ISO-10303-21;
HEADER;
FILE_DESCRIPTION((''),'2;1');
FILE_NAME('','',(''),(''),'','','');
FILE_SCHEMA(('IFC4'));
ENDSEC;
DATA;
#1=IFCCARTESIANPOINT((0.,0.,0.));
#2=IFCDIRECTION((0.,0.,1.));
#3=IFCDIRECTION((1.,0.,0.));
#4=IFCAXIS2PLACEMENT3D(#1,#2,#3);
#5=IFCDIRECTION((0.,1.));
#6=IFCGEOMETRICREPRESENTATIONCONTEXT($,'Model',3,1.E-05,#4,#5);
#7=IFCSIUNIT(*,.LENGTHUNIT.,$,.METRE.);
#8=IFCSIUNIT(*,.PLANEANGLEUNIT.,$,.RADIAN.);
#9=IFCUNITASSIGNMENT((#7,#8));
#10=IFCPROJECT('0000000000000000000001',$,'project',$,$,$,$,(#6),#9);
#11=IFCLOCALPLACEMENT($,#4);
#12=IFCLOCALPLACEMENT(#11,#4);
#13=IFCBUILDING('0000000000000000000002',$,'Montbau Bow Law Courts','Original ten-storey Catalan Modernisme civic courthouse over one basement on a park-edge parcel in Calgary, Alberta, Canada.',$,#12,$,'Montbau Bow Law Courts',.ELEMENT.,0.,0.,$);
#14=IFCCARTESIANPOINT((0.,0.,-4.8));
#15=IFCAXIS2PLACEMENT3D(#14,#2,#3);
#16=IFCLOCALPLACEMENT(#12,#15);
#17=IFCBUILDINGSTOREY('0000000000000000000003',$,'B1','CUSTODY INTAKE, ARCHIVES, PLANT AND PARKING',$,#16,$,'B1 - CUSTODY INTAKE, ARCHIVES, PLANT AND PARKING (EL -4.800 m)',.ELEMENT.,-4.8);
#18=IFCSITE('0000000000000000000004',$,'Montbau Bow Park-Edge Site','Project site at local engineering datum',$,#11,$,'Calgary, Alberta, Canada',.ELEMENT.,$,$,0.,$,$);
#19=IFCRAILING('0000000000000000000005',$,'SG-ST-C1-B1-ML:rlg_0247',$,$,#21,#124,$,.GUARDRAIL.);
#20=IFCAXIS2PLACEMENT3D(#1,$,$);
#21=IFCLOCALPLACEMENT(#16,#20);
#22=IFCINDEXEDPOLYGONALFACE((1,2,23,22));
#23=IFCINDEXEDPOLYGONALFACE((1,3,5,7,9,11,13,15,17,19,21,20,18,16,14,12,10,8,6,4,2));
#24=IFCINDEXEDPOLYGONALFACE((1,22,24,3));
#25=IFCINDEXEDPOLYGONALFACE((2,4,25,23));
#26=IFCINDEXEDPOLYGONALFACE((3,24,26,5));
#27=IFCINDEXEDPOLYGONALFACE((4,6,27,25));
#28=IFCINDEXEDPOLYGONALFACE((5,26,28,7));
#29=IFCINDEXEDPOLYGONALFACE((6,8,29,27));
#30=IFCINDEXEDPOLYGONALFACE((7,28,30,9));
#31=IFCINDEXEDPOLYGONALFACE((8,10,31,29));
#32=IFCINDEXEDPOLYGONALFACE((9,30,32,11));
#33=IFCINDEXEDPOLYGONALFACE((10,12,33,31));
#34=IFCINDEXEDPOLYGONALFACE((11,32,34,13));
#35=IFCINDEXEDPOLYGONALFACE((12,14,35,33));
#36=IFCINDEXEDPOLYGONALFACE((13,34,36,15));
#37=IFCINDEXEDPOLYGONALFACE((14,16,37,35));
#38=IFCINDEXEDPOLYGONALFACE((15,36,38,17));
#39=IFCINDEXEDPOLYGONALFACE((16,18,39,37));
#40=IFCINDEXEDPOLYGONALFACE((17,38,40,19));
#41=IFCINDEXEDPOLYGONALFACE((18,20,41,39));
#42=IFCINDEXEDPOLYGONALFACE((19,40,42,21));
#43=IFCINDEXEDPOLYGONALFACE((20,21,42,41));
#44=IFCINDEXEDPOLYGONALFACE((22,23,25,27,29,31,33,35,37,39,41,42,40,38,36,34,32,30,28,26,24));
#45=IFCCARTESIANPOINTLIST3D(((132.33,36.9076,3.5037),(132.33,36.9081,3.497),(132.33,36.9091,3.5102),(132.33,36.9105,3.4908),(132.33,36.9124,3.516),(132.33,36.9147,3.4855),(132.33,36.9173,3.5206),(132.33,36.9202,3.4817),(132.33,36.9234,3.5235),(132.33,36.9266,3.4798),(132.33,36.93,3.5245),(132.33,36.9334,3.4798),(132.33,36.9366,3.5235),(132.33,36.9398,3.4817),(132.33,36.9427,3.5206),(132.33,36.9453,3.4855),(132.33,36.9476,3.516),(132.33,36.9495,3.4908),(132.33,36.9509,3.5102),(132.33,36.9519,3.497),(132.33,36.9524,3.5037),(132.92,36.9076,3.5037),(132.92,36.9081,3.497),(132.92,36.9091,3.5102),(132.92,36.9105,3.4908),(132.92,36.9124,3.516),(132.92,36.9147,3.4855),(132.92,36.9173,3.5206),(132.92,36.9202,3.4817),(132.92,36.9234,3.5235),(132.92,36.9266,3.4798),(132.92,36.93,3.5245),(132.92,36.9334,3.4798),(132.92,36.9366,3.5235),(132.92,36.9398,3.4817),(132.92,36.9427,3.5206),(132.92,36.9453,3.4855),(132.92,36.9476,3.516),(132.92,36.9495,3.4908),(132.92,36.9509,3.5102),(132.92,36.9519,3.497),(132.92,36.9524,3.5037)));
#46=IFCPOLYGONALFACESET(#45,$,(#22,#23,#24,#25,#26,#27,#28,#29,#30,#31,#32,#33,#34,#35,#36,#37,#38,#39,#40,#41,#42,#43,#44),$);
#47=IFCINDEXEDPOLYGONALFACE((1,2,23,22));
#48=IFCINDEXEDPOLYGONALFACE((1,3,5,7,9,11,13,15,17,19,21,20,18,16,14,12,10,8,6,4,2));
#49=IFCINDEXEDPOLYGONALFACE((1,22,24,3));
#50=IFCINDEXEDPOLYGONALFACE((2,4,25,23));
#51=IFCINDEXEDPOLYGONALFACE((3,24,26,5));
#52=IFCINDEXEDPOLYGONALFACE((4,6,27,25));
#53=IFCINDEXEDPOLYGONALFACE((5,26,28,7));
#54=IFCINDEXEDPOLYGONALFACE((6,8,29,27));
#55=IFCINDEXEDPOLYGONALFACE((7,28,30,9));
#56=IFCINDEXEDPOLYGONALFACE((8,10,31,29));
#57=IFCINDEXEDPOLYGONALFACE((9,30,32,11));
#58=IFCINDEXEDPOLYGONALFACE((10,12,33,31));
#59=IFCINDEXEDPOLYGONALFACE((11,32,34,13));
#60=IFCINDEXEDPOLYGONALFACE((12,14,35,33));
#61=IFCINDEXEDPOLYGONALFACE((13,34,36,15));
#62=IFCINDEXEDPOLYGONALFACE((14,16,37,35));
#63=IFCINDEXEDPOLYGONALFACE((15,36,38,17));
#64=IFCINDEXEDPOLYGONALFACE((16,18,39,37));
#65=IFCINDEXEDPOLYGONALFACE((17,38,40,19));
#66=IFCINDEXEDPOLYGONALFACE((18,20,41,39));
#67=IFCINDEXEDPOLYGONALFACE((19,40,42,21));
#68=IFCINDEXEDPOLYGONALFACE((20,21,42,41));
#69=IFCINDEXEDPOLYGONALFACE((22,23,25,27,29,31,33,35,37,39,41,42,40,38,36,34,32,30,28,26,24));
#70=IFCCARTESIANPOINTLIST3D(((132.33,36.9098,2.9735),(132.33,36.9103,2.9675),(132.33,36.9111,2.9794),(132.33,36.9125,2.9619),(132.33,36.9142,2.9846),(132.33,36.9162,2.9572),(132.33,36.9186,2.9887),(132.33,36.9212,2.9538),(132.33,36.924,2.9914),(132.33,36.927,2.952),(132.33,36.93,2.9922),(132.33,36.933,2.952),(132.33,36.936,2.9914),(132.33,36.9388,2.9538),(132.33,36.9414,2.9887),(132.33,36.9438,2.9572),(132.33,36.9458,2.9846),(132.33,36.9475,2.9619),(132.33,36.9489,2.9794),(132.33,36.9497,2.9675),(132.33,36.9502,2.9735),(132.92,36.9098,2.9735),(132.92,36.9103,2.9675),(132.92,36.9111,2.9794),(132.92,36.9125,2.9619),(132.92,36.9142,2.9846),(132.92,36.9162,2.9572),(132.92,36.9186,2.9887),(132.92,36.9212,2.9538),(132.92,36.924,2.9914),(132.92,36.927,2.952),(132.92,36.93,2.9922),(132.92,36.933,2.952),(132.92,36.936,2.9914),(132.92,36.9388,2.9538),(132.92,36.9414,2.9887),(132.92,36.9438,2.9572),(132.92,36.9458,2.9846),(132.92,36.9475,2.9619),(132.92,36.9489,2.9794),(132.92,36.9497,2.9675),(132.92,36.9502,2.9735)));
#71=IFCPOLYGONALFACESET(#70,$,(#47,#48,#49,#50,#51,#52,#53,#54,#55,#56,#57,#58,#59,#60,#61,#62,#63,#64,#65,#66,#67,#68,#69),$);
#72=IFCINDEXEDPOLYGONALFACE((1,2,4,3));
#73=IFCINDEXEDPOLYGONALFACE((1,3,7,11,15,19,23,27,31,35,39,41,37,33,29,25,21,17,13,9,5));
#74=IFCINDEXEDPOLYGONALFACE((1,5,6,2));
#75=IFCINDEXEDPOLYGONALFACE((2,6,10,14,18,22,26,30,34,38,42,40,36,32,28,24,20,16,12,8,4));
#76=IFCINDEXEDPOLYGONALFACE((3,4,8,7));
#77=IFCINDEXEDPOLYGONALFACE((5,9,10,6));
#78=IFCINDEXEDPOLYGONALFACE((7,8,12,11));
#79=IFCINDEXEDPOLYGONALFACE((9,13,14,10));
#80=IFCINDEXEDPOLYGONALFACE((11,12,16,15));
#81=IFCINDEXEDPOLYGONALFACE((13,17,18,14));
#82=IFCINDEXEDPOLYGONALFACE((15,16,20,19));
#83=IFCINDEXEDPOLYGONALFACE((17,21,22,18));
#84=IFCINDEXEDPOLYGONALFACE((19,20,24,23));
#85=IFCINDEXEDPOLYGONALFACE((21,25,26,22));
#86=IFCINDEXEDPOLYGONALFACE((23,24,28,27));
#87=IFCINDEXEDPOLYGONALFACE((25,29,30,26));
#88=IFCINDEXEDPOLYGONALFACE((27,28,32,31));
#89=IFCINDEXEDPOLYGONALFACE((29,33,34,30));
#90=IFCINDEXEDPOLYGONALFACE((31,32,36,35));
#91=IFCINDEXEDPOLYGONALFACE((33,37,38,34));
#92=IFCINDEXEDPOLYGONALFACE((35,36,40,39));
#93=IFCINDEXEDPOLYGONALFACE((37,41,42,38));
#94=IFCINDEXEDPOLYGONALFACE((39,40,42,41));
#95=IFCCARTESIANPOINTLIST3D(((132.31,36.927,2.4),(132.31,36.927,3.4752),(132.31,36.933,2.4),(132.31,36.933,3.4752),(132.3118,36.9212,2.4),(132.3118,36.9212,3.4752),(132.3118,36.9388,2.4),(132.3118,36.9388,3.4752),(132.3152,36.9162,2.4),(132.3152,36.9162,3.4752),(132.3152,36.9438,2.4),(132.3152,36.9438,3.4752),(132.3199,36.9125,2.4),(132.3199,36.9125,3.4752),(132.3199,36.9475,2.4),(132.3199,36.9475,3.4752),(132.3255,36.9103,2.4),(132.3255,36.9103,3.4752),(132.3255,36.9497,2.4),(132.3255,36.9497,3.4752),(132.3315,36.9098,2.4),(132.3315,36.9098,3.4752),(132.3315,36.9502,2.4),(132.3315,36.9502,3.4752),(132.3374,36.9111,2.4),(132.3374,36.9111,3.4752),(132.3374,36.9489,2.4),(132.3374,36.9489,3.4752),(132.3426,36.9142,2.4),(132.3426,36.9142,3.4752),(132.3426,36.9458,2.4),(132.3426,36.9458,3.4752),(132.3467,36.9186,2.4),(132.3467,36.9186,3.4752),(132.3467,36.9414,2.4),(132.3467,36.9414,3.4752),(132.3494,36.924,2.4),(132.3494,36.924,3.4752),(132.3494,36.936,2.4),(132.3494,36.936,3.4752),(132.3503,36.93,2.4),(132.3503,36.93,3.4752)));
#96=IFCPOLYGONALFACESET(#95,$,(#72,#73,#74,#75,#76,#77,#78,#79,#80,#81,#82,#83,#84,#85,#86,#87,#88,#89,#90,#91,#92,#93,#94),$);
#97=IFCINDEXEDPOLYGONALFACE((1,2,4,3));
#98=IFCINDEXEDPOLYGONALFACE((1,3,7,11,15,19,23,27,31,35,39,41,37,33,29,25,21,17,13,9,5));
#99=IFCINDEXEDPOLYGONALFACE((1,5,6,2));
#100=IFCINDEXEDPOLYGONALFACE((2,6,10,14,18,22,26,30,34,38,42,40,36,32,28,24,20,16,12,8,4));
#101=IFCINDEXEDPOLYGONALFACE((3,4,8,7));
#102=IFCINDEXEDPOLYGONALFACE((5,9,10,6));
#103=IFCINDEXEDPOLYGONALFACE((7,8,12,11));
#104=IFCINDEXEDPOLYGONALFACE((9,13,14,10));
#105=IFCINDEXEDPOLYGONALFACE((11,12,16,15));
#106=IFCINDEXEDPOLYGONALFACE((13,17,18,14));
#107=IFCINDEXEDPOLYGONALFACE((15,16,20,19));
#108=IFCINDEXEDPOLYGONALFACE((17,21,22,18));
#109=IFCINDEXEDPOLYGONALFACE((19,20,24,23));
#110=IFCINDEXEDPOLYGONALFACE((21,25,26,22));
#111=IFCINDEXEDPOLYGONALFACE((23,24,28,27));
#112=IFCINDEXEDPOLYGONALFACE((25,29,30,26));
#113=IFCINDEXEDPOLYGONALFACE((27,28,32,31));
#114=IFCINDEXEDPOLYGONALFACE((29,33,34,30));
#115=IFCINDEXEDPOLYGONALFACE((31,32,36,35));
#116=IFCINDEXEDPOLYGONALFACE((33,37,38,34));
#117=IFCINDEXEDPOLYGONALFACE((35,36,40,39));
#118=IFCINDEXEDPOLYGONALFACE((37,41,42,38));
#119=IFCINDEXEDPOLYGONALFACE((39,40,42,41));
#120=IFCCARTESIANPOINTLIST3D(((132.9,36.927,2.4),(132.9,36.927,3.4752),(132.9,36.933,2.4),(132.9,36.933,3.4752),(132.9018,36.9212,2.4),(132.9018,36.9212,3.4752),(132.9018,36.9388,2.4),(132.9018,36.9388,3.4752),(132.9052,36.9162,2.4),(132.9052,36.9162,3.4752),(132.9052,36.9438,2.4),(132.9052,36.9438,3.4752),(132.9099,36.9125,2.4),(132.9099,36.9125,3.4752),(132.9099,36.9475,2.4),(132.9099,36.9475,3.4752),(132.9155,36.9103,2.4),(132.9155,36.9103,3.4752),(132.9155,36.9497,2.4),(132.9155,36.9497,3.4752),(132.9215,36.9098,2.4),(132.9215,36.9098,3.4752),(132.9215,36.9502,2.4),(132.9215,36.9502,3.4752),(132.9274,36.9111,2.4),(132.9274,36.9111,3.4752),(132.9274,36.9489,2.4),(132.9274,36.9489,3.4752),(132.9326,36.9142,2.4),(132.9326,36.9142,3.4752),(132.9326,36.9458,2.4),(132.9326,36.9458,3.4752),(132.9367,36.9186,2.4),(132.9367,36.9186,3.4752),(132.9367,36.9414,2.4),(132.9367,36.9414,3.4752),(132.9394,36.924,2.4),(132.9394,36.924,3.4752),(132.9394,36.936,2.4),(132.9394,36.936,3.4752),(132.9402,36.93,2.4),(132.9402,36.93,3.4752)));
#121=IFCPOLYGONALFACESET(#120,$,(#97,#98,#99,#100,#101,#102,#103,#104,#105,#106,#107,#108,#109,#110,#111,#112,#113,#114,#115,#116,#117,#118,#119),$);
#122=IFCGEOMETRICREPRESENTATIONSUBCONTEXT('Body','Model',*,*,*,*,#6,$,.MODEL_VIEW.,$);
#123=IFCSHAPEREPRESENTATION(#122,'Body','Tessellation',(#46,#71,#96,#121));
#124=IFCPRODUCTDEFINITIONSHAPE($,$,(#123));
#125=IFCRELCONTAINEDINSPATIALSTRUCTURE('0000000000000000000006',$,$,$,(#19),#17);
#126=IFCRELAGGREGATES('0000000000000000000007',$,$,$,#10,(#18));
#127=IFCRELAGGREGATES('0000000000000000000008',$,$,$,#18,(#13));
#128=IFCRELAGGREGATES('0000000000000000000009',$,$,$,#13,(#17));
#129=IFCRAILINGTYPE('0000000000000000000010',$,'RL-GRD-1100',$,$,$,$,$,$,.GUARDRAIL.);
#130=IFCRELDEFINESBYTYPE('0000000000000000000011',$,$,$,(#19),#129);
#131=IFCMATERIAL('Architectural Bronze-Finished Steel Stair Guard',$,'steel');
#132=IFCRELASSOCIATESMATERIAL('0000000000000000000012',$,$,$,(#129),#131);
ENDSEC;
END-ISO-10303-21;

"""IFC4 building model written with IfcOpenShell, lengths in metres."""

from ifc_helpers import new_model, si_unit, direction, frame, origin_with_axes, origin_2d_with_axis, place, context, subcontext, project, spatial, circle, extrude, material, type_object, element, save


model = new_model("IFC4")

# Units and contexts
model_context = context("Model", 3, precision=1e-05, world=origin_with_axes(), true_north=direction((0.0, 1.0)))
body_context = subcontext(model_context, "Body", "Model", "MODEL_VIEW")
ifc_project = project(units=[si_unit("LENGTHUNIT", "METRE"), si_unit("PLANEANGLEUNIT", "RADIAN")], contexts=[model_context])

# Site, building, storey
site_placement = place(None, origin_with_axes())
site = spatial("IfcSite", under=ifc_project, at=site_placement, Name="Montbau Bow Park-Edge Site", Description="Project site at local engineering datum", LongName="Calgary, Alberta, Canada", CompositionType="ELEMENT", RefElevation=0.0)
building_placement = place(site_placement, origin_with_axes())
building = spatial("IfcBuilding", under=site, at=building_placement, Name="Montbau Bow Law Courts", Description="Original ten-storey Catalan Modernisme civic courthouse over one basement on a park-edge parcel in Calgary, Alberta, Canada.", LongName="Montbau Bow Law Courts", CompositionType="ELEMENT", ElevationOfRefHeight=0.0, ElevationOfTerrain=0.0)
storey_placement = place(building_placement, frame((0.0, 0.0, -4.8), z_axis=(0.0, 0.0, 1.0), x_axis=(1.0, 0.0, 0.0)))
storey = spatial("IfcBuildingStorey", under=building, at=storey_placement, Name="B1", Description="CUSTODY INTAKE, ARCHIVES, PLANT AND PARKING", LongName="B1 - CUSTODY INTAKE, ARCHIVES, PLANT AND PARKING (EL -4.800 m)", CompositionType="ELEMENT", Elevation=-4.8)

# Railing
ifc_material_1 = material(Name="Architectural Bronze-Finished Steel Stair Guard", Category="steel")
railing_type_1 = type_object("IfcRailingType", Name="RL-GRD-1100", PredefinedType="GUARDRAIL", material=ifc_material_1)
railing_1_placement = place(None, origin_with_axes())
element("IfcRailing", 1, at=railing_1_placement, inside=storey, type_object=railing_type_1, Name="SG-ST-C1-B1-ML:rlg_0247", PredefinedType="GUARDRAIL", context=body_context, shape_type="SweptSolid", body=[
    extrude(circle(Radius=0.0225, at=origin_2d_with_axis()), frame((132.33, 36.93, -1.298), z_axis=(1.0, 0.0, 0.0), x_axis=(0.0, 0.0, 1.0)), (0.0, 0.0, 1.0), 0.59),
    extrude(circle(Radius=0.0203, at=origin_2d_with_axis()), frame((132.33, 36.93, -1.828), z_axis=(1.0, 0.0, 0.0), x_axis=(0.0, 0.0, 1.0)), (0.0, 0.0, 1.0), 0.59),
    extrude(circle(Radius=0.0203, at=origin_2d_with_axis()), frame((132.33, 36.93, -2.4), z_axis=(0.0, 0.0, 1.0), x_axis=(1.0, 0.0, 0.0)), (0.0, 0.0, 1.0), 1.0753),
    extrude(circle(Radius=0.0203, at=origin_2d_with_axis()), frame((132.92, 36.93, -2.4), z_axis=(0.0, 0.0, 1.0), x_axis=(1.0, 0.0, 0.0)), (0.0, 0.0, 1.0), 1.0753),
])

save(model, "model.ifc")
